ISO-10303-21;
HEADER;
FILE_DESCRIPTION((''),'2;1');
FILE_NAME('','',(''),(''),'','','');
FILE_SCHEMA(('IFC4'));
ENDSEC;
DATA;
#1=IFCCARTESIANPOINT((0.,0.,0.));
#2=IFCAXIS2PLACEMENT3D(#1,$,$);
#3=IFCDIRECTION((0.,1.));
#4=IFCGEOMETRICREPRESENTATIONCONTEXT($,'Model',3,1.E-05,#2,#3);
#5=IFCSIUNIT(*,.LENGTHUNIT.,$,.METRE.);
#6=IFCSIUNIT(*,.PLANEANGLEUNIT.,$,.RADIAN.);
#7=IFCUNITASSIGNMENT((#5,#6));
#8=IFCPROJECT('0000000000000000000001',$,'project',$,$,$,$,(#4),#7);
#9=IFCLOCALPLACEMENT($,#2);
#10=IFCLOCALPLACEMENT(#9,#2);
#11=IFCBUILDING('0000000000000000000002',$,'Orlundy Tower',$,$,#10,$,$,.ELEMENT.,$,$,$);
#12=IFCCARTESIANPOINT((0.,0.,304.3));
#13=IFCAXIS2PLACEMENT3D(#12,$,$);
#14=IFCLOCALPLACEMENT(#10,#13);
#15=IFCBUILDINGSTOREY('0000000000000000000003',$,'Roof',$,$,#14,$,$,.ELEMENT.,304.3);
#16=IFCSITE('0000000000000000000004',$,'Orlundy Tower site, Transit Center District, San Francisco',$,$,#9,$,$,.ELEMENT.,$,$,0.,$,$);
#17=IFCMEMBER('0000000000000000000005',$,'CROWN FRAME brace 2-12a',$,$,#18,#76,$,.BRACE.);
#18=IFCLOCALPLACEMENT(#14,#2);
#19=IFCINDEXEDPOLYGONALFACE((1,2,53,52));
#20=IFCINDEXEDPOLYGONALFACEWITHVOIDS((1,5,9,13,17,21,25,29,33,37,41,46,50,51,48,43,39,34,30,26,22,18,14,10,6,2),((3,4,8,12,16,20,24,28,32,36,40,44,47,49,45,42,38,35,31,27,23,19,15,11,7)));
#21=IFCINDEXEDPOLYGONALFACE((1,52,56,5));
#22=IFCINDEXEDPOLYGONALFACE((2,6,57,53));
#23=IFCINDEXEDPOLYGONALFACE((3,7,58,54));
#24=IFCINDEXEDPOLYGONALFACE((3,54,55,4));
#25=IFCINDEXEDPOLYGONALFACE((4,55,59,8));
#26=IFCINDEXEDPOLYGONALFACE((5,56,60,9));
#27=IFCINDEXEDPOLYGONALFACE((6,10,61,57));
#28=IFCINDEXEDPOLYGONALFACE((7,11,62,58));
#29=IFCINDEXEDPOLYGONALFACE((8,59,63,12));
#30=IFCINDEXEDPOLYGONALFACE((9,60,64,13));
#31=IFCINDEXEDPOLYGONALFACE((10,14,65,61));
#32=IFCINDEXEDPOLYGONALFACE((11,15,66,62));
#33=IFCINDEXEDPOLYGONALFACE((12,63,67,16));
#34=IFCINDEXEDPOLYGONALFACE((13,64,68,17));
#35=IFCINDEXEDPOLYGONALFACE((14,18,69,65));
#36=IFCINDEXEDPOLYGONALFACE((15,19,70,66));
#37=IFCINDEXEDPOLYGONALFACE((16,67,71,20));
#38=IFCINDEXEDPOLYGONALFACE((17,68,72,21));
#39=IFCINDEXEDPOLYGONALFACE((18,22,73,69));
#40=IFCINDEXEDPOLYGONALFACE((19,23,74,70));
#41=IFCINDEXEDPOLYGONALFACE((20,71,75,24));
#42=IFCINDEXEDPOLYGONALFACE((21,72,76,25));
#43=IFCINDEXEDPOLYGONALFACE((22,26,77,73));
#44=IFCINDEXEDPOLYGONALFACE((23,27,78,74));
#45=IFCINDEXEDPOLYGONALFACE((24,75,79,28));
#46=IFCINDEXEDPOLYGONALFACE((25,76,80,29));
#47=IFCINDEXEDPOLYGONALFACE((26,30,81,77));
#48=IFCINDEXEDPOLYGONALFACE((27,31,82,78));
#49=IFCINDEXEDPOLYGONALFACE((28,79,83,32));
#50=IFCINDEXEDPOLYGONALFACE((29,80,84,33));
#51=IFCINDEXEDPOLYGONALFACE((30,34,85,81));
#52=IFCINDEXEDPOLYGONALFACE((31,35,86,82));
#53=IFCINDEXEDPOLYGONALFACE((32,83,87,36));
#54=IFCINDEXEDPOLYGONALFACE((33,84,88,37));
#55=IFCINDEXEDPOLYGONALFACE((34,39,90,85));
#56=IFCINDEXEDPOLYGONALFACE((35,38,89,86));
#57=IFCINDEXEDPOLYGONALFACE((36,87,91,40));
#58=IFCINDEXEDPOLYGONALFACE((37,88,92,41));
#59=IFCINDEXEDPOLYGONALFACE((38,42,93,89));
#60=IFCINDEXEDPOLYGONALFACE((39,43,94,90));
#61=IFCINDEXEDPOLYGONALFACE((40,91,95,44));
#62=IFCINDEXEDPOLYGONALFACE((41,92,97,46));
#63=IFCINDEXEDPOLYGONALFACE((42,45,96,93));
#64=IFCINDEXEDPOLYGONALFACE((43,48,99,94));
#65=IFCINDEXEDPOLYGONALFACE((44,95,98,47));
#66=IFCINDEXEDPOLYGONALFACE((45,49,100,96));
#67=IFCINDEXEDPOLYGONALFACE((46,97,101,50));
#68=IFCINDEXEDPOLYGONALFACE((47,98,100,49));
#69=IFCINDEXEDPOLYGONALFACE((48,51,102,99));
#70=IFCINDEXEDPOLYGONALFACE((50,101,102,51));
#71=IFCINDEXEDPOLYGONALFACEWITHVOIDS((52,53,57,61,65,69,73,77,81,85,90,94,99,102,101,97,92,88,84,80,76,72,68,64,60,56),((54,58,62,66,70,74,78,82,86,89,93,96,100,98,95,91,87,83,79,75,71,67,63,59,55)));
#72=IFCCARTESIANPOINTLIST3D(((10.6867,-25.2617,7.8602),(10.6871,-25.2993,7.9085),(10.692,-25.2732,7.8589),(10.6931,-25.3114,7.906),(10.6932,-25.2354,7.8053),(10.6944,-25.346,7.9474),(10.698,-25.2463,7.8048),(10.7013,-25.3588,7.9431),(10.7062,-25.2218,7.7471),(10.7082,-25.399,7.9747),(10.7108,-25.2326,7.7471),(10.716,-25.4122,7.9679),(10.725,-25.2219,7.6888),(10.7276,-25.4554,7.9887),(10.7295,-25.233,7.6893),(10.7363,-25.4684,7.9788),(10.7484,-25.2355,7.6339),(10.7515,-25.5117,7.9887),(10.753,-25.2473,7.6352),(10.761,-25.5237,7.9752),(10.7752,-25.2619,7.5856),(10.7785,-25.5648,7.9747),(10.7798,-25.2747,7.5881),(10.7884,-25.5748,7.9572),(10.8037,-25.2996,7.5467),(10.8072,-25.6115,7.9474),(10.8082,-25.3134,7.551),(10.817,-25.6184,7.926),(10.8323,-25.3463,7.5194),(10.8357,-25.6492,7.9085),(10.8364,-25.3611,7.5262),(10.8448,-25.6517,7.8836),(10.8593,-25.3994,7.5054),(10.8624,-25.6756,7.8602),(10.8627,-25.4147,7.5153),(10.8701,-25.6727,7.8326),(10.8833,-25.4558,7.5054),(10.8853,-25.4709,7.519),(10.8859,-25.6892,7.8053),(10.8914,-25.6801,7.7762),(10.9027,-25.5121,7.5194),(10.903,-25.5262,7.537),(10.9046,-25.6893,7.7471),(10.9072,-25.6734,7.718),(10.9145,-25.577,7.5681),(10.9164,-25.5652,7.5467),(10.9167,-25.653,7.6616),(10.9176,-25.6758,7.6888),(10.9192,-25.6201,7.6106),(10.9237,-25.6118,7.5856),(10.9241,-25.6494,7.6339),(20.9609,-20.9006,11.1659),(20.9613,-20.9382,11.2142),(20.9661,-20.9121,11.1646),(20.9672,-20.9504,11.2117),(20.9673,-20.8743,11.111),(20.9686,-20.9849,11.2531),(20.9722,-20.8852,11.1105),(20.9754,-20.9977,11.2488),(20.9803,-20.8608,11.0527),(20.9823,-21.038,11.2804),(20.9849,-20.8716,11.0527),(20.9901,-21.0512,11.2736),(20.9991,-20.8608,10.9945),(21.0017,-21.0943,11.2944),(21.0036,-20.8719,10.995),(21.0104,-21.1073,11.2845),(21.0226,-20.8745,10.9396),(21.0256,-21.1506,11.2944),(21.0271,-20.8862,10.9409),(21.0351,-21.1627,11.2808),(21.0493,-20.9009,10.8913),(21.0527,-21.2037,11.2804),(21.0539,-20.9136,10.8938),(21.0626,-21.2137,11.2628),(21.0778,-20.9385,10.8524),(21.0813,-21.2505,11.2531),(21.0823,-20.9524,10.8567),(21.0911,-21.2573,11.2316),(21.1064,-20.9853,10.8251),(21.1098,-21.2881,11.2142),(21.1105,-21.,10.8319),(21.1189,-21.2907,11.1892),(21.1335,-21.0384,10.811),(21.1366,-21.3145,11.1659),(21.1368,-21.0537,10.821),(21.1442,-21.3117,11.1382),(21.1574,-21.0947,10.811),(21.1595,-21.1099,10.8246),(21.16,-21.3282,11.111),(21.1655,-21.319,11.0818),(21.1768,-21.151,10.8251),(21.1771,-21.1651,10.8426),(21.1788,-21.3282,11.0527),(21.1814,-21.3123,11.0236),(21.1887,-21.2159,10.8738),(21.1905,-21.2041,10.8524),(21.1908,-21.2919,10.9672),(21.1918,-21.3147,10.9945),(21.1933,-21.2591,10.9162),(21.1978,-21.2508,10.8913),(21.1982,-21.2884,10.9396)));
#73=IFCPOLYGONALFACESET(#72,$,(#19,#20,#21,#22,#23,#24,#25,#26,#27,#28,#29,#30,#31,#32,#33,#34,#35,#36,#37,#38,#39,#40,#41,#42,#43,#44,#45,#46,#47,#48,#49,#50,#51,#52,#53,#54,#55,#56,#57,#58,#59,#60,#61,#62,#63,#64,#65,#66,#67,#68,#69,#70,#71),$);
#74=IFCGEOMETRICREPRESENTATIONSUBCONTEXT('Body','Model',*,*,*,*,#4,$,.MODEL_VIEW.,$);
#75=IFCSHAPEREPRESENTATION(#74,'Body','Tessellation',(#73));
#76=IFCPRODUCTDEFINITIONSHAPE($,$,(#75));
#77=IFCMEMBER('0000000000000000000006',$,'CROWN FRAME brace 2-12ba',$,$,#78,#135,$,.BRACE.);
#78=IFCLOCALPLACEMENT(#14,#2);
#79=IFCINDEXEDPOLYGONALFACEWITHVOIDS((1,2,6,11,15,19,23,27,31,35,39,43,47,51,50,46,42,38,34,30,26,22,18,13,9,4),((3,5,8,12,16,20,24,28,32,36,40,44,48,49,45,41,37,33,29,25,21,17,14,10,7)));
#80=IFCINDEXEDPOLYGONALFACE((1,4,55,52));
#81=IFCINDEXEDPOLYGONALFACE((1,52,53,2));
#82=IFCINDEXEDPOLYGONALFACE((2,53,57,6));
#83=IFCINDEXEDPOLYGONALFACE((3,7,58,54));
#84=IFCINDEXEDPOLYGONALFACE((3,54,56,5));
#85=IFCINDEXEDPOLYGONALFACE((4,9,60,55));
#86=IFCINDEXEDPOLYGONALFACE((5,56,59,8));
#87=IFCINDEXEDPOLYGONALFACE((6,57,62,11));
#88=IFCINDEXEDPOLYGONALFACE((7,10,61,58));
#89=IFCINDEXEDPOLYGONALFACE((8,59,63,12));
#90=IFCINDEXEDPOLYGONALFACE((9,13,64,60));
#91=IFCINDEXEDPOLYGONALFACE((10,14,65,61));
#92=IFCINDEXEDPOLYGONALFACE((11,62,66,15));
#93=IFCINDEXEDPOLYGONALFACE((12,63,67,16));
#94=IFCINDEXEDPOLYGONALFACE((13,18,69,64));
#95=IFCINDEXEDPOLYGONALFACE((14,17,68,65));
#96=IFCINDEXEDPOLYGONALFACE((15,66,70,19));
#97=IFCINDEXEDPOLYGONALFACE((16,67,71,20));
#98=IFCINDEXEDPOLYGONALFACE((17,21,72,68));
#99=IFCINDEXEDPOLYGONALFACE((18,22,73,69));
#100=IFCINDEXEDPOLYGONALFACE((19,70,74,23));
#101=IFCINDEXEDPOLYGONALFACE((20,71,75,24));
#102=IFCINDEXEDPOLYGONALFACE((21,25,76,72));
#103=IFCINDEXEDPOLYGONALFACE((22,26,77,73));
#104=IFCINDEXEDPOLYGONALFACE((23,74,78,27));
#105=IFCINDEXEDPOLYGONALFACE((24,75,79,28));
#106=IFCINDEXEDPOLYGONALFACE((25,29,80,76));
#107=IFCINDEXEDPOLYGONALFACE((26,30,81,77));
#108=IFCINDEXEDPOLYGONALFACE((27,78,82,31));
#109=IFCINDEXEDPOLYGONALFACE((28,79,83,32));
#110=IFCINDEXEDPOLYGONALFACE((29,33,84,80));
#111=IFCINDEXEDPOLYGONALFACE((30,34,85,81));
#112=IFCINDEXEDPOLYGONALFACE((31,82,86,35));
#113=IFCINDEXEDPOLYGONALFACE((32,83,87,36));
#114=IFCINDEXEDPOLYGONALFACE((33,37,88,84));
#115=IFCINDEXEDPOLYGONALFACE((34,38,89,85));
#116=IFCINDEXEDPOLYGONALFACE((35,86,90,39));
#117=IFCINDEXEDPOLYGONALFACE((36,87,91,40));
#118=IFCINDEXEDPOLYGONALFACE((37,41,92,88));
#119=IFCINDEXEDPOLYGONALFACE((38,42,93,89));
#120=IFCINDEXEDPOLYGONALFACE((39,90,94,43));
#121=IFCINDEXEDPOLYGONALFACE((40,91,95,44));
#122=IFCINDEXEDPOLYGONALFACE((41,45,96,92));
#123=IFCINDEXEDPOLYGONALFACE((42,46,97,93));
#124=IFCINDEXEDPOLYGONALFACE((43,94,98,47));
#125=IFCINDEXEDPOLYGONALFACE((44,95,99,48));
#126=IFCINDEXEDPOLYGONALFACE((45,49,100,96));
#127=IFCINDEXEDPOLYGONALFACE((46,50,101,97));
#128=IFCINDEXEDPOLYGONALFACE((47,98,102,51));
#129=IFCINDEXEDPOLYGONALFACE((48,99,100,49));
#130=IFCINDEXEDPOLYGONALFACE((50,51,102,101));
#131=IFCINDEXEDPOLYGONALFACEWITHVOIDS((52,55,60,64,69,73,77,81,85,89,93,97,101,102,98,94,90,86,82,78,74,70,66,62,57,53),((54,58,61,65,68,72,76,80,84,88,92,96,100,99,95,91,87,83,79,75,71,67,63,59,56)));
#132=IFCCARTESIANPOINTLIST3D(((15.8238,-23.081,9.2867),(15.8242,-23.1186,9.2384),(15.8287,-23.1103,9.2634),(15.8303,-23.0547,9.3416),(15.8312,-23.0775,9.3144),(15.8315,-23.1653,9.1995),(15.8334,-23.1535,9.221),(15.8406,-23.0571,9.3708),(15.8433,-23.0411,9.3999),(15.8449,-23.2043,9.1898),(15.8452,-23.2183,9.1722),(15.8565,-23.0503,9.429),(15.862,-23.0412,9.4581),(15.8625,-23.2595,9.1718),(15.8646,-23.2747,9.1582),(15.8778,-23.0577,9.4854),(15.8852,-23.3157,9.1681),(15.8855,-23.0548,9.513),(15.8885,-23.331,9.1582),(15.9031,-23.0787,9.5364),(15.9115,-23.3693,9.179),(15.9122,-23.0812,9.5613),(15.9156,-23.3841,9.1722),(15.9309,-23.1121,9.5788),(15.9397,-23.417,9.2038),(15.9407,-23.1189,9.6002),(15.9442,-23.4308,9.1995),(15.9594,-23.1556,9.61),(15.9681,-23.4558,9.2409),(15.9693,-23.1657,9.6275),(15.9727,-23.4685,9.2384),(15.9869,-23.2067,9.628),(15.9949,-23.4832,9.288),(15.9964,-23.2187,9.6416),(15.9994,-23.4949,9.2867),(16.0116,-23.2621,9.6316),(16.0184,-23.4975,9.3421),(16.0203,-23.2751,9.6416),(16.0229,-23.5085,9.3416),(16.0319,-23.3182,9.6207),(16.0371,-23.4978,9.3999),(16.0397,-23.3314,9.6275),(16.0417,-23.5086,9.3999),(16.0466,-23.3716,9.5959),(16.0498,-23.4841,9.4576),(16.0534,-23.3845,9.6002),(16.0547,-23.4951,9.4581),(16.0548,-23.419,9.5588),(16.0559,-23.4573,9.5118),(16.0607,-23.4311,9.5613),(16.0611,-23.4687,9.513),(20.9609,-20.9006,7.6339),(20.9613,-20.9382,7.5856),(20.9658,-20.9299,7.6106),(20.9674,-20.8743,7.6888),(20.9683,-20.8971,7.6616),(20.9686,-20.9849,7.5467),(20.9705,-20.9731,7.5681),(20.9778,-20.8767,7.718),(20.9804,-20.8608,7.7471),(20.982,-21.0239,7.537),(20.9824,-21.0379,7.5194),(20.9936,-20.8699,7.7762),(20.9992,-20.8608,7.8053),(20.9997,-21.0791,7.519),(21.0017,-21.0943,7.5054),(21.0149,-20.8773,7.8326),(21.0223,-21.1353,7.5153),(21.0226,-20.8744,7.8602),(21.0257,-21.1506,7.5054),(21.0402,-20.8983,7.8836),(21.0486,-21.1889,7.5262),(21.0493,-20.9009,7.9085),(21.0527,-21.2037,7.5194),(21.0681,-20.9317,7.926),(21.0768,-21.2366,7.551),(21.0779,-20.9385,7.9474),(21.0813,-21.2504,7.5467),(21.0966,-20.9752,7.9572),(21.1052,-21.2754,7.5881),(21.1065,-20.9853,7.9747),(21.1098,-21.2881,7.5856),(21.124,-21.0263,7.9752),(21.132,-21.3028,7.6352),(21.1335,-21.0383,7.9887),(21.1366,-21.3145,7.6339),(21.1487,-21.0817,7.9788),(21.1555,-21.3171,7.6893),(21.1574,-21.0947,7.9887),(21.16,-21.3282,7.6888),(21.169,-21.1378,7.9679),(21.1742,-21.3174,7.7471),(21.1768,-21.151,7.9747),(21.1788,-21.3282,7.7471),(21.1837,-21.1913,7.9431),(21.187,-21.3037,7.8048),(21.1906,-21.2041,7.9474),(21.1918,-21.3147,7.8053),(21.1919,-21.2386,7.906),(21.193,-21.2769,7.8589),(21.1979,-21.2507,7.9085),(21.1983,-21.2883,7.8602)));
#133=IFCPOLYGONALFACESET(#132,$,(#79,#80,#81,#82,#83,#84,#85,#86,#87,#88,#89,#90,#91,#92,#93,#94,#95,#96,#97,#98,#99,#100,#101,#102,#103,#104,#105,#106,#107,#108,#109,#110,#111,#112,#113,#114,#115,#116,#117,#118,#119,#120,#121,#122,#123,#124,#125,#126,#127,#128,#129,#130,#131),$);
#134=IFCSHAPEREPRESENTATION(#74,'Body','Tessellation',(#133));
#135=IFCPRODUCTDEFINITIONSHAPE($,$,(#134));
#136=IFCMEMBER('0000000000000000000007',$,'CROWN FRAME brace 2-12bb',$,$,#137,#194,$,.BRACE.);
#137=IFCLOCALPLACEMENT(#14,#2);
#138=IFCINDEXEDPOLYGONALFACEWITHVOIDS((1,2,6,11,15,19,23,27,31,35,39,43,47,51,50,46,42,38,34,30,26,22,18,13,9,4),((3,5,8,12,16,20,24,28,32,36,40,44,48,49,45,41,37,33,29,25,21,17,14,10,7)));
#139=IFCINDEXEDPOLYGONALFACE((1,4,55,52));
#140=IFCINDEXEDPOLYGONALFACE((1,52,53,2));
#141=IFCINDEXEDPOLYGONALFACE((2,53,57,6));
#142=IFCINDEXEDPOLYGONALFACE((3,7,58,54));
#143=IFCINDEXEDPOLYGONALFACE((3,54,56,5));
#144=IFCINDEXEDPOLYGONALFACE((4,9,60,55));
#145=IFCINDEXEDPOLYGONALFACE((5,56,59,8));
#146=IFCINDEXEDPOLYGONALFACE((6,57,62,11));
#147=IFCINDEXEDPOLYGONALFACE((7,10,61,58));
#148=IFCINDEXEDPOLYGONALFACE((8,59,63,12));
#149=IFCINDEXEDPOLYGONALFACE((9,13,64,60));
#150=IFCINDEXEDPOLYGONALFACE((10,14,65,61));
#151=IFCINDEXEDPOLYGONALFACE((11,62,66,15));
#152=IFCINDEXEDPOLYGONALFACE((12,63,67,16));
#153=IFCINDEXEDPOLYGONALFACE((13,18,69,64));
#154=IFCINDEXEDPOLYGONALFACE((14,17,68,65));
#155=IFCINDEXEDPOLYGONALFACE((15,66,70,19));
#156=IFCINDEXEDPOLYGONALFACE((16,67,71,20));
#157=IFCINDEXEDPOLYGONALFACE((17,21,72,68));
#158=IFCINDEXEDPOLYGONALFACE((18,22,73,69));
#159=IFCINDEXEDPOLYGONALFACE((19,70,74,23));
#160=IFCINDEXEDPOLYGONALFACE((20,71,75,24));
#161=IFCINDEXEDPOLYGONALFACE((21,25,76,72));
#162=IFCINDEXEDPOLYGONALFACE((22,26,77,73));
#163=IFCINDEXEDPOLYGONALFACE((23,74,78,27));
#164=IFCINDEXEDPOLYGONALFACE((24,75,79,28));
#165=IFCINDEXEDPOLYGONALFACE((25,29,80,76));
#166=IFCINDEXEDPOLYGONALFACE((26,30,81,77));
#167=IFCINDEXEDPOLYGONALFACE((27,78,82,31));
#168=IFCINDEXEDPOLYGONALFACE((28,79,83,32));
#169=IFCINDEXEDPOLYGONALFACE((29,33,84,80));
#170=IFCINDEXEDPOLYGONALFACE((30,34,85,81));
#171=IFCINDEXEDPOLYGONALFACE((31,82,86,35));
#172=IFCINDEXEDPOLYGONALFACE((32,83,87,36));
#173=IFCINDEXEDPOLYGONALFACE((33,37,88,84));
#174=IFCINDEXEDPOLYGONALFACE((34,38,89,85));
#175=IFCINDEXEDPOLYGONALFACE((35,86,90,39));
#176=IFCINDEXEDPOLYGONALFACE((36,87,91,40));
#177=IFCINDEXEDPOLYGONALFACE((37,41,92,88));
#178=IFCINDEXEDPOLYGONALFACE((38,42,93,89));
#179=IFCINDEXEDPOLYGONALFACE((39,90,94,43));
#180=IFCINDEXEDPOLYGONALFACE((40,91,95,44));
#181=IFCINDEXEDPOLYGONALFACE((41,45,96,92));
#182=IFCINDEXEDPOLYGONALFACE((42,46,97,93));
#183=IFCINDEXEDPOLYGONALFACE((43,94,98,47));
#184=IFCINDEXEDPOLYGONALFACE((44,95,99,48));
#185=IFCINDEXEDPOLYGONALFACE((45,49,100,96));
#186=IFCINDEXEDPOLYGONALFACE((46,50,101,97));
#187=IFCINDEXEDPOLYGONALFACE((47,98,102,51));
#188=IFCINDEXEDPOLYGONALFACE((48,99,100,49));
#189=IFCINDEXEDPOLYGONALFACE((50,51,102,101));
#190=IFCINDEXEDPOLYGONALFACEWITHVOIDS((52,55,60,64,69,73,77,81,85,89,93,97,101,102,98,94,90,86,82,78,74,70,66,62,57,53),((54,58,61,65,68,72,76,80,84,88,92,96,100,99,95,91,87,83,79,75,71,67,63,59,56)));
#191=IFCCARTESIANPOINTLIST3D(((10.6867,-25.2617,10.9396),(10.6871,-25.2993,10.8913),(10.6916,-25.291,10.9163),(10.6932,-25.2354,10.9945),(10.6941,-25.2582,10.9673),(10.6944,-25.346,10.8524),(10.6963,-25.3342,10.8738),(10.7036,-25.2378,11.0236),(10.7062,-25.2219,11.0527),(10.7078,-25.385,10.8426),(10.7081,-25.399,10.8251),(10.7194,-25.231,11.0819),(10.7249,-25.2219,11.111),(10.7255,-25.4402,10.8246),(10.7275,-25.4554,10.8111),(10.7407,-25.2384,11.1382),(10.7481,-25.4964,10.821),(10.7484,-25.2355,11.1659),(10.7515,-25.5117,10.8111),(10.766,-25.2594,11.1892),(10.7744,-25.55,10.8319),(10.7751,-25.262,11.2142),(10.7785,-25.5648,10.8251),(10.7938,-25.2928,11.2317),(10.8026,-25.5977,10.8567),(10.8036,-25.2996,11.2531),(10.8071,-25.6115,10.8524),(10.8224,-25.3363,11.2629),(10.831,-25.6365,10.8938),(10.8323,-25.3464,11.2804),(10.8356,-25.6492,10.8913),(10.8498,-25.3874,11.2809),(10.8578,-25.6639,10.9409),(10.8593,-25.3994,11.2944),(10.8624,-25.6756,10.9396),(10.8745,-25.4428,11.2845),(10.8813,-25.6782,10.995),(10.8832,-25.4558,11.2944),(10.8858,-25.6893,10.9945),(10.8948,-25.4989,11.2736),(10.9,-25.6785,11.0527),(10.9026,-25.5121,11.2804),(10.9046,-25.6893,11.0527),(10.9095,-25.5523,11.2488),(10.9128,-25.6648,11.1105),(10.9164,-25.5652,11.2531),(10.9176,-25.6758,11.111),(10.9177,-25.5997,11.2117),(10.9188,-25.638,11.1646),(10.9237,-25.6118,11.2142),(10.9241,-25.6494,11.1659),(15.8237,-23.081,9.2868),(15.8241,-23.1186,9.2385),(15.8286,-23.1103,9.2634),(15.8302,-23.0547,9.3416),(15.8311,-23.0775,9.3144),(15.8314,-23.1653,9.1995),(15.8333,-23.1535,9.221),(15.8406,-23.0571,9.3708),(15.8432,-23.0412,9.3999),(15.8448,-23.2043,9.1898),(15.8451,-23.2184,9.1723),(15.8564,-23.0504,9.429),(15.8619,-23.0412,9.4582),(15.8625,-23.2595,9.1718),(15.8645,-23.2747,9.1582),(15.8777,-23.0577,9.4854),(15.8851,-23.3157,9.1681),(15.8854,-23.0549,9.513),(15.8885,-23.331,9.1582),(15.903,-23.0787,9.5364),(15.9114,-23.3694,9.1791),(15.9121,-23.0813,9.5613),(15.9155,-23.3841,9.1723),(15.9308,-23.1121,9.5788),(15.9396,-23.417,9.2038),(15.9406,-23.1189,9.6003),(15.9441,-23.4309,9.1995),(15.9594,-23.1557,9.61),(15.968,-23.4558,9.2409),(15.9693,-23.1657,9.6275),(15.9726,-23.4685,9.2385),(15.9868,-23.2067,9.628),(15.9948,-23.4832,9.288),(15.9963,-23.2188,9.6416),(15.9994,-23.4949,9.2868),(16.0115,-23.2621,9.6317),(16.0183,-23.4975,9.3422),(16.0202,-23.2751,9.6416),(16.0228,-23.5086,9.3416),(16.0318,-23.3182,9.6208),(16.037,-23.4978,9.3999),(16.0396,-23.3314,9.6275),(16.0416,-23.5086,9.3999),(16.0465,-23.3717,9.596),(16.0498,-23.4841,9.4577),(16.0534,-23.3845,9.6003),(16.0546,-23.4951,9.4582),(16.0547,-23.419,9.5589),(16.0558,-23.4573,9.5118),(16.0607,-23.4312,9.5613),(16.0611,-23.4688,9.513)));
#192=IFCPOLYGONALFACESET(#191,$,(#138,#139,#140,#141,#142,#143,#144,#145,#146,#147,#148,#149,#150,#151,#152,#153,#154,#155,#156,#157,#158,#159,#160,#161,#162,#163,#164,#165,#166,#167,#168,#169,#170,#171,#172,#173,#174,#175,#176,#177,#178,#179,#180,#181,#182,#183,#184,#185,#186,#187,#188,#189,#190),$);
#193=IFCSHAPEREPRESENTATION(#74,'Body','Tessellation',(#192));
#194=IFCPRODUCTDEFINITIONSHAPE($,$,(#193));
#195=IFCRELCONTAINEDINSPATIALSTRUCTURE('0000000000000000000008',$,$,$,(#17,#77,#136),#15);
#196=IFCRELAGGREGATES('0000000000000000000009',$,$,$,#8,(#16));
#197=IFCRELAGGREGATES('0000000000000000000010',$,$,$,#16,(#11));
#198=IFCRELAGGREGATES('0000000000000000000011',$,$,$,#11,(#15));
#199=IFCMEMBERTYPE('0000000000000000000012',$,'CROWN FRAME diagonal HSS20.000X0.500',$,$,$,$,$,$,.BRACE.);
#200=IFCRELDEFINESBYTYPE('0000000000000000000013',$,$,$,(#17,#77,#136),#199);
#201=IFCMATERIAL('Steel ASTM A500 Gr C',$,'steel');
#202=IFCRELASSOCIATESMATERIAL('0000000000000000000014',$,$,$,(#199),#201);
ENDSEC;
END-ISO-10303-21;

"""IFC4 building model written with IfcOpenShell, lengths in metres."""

from ifc_helpers import new_model, si_unit, direction, frame, origin, origin_2d, place, context, subcontext, project, spatial, hollow_circle, extrude, material, material_profile, profile_set, type_object, element, save


model = new_model("IFC4")

# Units and contexts
model_context = context("Model", 3, precision=1e-05, world=origin(), true_north=direction((0.0, 1.0)))
body_context = subcontext(model_context, "Body", "Model", "MODEL_VIEW")
ifc_project = project(units=[si_unit("LENGTHUNIT", "METRE"), si_unit("PLANEANGLEUNIT", "RADIAN")], contexts=[model_context])

# Site, building, storey
site_placement = place(None, origin())
site = spatial("IfcSite", under=ifc_project, at=site_placement, Name="Orlundy Tower site, Transit Center District, San Francisco", CompositionType="ELEMENT", RefElevation=0.0)
building_placement = place(site_placement, origin())
building = spatial("IfcBuilding", under=site, at=building_placement, Name="Orlundy Tower", CompositionType="ELEMENT")
storey_placement = place(building_placement, frame((0.0, 0.0, 304.3)))
storey = spatial("IfcBuildingStorey", under=building, at=storey_placement, Name="Roof", CompositionType="ELEMENT", Elevation=304.3)

# Members
ifc_material_1 = material(Name="Steel ASTM A500 Gr C", Category="steel")
ifc_material_profile_1 = material_profile(ifc_material_1, hollow_circle(Radius=0.2539, WallThickness=0.0117, at=origin_2d()), Name="HSS20.000X0.500")
ifc_profile_set_1 = profile_set([ifc_material_profile_1], Name="Steel ASTM A500 Gr C")
member_type_1 = type_object("IfcMemberType", Name="CROWN FRAME diagonal HSS20.000X0.500", PredefinedType="BRACE", material=ifc_profile_set_1)
member_1_placement = place(storey_placement, frame((10.8054, -25.4556, 7.7471), z_axis=(0.88261, 0.374642, 0.283976), x_axis=(-0.390728, 0.920506, 0.0)))
element("IfcMember", 1, at=member_1_placement, inside=storey, type_object=member_type_1, Name="CROWN FRAME brace 2-12a", PredefinedType="BRACE", context=body_context, shape_type="SweptSolid", body=[
    extrude(hollow_circle(Radius=0.2539, WallThickness=0.0117, at=origin_2d()), origin(), (0.0, 0.0, 1.0), 11.6406),
])
for number, where, z_axis, x_axis, name in (
    (2, (21.0796, -21.0945, 7.7471), (-0.882622, -0.374617, 0.283973), (0.390702, -0.920517, 0.0), "CROWN FRAME brace 2-12ba"),
    (3, (15.9424, -23.2749, 9.3999), (-0.882599, -0.374667, 0.283979), (0.390754, -0.920495, 0.0), "CROWN FRAME brace 2-12bb"),
):
    element("IfcMember", number, at=place(storey_placement, frame(where, z_axis=z_axis, x_axis=x_axis)), inside=storey, type_object=member_type_1, Name=name, PredefinedType="BRACE", context=body_context, shape_type="SweptSolid", body=[
        extrude(hollow_circle(Radius=0.2539, WallThickness=0.0117, at=origin_2d()), origin(), (0.0, 0.0, 1.0), 5.8203),
    ])

save(model, "model.ifc")
